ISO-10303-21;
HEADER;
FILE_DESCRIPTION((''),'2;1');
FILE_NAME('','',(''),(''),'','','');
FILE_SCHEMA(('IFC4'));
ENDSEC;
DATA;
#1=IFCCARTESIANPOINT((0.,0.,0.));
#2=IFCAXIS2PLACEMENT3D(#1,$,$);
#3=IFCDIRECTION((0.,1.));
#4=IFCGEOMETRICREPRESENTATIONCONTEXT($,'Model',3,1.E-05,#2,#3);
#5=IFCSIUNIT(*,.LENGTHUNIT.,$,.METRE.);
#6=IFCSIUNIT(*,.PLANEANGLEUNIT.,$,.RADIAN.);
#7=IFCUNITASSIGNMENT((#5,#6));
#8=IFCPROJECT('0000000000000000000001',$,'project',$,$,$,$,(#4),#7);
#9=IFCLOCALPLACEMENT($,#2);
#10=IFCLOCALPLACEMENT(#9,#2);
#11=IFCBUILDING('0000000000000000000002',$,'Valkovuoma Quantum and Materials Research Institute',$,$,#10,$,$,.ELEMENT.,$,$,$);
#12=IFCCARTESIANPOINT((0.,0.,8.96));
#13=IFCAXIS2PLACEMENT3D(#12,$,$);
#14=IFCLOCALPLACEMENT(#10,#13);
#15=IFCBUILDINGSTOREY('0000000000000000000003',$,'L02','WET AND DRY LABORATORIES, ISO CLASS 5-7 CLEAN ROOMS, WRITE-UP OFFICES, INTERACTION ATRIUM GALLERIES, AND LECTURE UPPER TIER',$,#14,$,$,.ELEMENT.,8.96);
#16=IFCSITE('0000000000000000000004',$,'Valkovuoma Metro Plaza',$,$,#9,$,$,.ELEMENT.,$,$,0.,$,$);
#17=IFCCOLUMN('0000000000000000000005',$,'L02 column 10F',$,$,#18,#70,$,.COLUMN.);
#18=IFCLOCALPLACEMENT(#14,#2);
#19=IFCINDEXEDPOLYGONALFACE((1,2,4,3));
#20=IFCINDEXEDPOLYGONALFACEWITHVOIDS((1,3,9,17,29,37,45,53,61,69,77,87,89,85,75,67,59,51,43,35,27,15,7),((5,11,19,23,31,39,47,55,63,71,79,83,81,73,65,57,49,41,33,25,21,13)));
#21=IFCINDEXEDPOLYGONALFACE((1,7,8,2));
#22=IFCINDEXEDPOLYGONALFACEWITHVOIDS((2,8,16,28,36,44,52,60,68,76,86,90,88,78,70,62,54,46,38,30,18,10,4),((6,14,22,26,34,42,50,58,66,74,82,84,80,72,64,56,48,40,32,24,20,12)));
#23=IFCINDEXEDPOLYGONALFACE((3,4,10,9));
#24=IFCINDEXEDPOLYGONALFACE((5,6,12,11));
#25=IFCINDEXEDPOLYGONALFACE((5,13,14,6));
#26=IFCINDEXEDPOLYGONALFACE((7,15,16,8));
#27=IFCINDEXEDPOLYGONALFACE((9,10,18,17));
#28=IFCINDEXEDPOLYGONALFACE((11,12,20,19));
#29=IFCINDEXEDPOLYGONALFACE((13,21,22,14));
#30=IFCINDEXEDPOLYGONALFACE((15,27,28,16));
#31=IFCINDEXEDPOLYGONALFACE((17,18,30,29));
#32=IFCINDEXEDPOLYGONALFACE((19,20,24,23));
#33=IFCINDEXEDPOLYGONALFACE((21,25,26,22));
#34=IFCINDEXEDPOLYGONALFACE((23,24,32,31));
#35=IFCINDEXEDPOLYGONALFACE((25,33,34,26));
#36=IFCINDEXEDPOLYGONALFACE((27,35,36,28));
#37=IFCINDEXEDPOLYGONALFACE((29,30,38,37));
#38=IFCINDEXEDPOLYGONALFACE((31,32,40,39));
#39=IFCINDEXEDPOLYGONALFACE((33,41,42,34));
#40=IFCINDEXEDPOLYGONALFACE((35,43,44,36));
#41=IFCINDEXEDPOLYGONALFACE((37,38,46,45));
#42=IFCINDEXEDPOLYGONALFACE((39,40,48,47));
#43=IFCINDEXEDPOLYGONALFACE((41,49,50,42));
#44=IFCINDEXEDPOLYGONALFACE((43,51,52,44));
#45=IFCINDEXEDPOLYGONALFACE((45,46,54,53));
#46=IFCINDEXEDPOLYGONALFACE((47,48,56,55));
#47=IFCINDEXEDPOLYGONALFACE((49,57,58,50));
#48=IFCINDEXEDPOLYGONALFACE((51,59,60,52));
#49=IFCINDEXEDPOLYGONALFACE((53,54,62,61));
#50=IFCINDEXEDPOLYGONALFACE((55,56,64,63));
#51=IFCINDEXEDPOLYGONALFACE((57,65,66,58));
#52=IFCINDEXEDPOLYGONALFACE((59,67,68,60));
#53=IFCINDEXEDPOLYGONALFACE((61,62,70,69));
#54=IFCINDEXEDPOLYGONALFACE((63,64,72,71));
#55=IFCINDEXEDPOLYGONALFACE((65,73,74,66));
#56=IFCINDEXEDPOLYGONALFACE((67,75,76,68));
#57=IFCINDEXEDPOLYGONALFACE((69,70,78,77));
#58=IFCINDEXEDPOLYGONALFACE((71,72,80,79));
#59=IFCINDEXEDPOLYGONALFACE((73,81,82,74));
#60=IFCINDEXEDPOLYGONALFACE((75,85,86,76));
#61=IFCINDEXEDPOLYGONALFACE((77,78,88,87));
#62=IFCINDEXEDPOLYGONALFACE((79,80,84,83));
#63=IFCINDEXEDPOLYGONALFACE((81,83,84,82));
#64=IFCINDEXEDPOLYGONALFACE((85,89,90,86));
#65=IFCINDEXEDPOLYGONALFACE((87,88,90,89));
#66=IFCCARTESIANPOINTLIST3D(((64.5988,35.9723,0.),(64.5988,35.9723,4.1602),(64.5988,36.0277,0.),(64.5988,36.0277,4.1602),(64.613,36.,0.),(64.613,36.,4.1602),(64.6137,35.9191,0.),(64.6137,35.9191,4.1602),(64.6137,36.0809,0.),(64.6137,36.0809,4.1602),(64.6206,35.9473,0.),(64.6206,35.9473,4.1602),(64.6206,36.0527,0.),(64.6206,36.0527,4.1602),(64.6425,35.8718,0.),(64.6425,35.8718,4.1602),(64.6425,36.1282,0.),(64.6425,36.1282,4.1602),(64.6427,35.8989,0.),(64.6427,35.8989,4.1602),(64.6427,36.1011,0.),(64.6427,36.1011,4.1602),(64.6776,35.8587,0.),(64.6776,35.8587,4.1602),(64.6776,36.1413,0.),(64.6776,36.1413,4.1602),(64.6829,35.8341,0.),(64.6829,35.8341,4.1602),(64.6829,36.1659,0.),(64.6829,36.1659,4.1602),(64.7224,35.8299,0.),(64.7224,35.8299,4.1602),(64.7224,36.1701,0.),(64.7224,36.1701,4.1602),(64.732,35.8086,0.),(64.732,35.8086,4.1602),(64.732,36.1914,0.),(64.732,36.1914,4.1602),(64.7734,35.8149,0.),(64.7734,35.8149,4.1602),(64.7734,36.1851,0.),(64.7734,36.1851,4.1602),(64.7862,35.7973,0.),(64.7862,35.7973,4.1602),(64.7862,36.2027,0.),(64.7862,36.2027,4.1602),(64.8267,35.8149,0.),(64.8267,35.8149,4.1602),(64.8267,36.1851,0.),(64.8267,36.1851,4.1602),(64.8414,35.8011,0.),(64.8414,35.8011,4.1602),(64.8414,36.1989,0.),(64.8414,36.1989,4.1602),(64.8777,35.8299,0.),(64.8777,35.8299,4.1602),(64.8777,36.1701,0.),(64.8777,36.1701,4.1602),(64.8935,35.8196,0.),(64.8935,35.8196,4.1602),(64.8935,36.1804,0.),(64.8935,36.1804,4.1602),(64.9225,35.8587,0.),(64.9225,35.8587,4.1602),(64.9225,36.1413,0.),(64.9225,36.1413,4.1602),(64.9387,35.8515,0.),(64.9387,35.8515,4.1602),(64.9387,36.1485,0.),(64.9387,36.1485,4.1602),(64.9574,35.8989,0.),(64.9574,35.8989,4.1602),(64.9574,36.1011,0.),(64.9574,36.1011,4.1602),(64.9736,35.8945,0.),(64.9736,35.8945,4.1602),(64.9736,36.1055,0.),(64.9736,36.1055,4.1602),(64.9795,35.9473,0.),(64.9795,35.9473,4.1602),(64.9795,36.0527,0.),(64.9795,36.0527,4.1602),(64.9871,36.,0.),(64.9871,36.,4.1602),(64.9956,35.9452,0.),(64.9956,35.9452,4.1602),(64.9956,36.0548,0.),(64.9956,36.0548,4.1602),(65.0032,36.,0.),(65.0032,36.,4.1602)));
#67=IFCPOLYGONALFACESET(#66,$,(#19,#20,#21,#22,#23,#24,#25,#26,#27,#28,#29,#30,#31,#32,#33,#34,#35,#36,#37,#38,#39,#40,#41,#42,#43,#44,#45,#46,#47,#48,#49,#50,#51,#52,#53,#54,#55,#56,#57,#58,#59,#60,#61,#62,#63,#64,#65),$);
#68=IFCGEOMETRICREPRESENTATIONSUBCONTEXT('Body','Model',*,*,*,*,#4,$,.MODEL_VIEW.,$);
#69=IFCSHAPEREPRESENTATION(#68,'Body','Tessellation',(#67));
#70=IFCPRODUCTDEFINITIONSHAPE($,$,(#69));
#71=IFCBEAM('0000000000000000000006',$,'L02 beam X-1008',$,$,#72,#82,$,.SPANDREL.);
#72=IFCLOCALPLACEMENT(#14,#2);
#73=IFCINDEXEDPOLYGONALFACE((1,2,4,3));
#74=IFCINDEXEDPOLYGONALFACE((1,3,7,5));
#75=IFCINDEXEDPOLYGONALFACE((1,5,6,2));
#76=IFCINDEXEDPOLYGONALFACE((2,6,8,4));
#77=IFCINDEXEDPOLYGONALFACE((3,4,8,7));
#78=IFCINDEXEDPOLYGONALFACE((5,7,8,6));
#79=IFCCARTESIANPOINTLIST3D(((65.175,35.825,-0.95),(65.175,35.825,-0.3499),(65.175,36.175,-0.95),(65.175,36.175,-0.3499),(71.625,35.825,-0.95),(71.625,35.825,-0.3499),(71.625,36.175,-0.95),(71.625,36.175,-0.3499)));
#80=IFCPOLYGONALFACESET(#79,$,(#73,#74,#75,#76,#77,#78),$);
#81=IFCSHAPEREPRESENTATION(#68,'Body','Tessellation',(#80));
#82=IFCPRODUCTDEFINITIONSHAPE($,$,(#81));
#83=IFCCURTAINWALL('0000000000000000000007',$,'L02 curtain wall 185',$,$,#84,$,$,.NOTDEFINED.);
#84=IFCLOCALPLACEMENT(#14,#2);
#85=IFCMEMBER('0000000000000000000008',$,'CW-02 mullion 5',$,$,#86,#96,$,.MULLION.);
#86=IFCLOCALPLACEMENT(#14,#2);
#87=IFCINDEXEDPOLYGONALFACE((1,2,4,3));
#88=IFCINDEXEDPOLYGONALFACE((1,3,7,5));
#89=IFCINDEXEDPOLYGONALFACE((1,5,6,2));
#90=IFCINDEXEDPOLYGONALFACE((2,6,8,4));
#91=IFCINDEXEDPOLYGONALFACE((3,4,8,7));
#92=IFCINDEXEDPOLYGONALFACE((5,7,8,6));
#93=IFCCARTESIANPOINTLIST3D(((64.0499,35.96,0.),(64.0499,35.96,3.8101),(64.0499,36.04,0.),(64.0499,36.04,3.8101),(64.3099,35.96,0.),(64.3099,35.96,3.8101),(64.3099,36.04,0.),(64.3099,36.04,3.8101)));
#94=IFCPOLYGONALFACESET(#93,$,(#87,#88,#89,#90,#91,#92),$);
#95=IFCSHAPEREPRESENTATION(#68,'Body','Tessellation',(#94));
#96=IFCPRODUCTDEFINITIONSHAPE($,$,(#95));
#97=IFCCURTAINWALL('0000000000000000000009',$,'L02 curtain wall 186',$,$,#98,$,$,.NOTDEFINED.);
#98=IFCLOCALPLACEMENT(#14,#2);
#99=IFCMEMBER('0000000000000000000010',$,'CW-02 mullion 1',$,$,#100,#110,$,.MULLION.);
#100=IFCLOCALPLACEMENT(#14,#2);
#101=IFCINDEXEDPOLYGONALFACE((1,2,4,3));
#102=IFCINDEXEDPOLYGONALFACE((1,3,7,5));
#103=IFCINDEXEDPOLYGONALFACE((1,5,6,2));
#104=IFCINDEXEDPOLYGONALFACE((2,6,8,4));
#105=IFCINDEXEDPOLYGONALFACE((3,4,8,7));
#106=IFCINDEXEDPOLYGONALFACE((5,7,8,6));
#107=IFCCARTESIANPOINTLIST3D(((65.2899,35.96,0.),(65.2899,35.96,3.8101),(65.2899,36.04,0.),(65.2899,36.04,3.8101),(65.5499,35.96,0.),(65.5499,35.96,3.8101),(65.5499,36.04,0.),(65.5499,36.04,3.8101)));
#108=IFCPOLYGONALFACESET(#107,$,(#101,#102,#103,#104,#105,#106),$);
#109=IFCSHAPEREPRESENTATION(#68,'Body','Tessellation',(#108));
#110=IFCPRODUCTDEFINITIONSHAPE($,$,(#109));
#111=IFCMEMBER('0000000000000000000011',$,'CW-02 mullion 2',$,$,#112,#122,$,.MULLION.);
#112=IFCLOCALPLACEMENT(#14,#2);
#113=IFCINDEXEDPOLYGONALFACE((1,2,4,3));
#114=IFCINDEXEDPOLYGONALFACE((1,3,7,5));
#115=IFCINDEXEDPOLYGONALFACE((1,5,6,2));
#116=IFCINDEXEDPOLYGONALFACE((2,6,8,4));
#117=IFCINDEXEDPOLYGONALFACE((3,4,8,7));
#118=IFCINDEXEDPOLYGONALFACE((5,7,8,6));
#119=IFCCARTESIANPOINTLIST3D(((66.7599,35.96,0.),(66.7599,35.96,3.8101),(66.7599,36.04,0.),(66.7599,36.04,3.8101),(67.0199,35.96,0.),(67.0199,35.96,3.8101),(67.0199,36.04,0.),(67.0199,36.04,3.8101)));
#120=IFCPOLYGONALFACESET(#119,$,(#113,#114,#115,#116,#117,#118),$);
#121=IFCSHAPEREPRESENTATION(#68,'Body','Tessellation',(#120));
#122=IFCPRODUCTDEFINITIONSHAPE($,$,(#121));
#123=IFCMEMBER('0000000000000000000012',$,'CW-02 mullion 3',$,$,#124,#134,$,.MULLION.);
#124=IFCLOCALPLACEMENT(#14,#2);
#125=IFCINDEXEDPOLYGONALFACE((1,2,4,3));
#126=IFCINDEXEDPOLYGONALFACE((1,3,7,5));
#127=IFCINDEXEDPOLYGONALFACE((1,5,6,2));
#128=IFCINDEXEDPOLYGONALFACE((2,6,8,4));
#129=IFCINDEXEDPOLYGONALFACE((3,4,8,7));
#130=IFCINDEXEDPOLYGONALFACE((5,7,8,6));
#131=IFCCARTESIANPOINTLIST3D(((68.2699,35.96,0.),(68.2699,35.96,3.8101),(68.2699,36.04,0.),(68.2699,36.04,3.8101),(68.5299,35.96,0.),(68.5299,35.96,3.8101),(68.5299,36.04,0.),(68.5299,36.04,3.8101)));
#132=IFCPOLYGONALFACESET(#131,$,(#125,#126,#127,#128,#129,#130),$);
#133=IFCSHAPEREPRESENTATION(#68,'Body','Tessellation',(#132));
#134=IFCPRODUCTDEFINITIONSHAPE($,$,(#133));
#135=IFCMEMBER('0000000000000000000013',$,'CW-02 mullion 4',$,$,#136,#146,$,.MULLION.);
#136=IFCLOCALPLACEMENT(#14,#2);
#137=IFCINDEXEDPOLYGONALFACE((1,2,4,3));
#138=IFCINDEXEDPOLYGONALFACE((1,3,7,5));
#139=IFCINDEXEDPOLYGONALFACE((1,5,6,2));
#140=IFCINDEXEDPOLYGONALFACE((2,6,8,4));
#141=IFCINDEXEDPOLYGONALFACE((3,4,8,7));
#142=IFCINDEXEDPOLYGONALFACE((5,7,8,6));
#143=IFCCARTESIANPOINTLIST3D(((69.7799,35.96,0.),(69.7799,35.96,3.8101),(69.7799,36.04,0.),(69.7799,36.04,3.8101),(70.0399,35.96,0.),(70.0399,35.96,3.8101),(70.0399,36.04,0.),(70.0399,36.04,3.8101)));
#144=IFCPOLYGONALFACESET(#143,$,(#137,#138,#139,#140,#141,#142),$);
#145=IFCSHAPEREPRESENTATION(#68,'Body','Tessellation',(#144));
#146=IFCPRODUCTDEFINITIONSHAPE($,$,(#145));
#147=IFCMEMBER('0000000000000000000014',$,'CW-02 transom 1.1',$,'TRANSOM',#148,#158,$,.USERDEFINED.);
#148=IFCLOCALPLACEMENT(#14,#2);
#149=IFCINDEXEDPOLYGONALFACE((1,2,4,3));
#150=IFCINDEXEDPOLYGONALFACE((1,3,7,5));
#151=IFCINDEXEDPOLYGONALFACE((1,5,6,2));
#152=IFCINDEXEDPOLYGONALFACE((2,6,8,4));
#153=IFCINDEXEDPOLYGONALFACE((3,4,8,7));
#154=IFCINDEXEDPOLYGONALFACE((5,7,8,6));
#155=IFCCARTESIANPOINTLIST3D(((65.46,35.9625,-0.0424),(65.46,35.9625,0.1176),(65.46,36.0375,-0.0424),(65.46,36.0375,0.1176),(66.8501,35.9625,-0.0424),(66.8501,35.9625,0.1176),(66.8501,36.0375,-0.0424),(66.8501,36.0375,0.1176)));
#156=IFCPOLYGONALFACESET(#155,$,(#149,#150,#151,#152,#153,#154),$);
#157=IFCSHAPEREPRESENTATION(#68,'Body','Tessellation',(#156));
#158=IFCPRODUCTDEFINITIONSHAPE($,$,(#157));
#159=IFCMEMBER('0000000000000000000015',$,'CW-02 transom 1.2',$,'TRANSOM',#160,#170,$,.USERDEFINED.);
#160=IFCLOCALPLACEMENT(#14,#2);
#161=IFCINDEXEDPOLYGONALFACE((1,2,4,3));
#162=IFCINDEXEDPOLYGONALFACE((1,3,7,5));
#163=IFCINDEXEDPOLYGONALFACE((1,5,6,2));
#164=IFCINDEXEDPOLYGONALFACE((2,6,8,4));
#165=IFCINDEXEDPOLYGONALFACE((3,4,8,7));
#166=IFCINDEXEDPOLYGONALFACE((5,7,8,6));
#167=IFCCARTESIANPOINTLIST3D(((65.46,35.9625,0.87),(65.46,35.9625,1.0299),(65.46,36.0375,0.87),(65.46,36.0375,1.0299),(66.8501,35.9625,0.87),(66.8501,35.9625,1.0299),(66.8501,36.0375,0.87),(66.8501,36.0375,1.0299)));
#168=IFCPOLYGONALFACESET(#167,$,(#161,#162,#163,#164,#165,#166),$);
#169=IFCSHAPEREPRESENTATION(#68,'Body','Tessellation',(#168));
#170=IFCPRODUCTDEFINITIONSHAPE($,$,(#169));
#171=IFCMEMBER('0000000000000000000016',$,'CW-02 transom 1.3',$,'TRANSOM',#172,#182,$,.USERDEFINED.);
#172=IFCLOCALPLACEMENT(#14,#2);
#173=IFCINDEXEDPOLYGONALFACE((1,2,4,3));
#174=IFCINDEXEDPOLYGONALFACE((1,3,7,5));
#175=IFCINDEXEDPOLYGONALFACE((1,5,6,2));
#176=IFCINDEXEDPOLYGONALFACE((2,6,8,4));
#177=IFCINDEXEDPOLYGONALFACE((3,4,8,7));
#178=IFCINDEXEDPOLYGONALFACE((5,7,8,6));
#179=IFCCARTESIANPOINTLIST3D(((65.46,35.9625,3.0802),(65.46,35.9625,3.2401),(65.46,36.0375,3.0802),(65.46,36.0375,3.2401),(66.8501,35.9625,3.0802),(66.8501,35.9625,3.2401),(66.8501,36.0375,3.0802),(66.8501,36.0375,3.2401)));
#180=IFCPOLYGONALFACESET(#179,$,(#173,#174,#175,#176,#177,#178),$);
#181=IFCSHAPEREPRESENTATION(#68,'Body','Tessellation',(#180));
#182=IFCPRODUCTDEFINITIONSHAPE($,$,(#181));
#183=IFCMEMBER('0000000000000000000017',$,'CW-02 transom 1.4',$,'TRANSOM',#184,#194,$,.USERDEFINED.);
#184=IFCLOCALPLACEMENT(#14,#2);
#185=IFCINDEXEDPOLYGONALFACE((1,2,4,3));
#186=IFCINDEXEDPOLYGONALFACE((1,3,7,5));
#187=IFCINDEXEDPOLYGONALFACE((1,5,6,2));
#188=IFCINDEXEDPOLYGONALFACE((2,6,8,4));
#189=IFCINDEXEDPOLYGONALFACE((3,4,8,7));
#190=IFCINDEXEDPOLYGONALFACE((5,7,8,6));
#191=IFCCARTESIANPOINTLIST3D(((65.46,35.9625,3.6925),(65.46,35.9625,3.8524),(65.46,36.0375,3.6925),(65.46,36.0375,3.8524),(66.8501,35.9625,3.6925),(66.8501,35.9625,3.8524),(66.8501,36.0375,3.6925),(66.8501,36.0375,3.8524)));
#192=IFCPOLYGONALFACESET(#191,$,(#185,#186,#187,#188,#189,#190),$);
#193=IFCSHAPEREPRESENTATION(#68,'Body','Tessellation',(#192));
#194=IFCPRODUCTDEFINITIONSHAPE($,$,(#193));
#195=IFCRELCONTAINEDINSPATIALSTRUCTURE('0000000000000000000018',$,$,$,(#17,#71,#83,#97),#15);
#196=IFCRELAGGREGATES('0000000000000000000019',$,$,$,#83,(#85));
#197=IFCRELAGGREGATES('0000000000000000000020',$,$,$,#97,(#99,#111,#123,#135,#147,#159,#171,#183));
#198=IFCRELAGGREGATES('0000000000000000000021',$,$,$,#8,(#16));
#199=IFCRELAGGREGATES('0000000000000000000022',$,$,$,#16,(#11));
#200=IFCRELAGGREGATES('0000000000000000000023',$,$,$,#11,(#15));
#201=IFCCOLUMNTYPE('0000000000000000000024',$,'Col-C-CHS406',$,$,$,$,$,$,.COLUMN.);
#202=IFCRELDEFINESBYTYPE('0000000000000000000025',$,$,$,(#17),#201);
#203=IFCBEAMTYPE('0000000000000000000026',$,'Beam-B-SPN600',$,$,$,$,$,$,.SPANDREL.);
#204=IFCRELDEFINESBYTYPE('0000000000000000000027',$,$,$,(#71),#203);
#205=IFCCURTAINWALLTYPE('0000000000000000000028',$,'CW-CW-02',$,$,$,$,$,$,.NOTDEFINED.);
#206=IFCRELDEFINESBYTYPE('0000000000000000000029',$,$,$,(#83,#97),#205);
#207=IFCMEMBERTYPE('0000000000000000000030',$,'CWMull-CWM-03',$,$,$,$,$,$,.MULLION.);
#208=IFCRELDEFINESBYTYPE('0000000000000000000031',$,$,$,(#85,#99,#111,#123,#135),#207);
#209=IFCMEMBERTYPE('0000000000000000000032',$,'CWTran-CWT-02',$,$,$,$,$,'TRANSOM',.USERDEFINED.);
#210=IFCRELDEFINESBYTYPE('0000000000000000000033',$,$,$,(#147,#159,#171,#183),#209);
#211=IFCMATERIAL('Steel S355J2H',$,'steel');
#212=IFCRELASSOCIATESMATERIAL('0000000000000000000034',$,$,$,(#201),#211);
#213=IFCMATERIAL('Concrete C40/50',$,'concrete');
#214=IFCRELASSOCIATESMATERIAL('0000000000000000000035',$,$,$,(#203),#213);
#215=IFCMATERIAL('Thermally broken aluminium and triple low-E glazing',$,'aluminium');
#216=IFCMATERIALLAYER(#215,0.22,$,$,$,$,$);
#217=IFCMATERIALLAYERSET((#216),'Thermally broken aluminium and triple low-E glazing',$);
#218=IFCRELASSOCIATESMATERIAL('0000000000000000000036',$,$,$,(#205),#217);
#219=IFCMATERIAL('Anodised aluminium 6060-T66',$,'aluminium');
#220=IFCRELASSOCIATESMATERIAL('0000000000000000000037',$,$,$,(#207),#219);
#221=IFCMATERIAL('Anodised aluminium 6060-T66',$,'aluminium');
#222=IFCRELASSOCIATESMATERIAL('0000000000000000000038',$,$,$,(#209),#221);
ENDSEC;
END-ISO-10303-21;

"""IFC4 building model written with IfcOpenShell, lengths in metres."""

from ifc_helpers import new_model, si_unit, direction, frame, origin, origin_2d, place, context, subcontext, project, spatial, rectangle, hollow_circle, extrude, material, layer, layer_set, material_profile, profile_set, type_object, element, aggregate, save


model = new_model("IFC4")

# Units and contexts
model_context = context("Model", 3, precision=1e-05, world=origin(), true_north=direction((0.0, 1.0)))
body_context = subcontext(model_context, "Body", "Model", "MODEL_VIEW")
ifc_project = project(units=[si_unit("LENGTHUNIT", "METRE"), si_unit("PLANEANGLEUNIT", "RADIAN")], contexts=[model_context])

# Site, building, storey
site_placement = place(None, origin())
site = spatial("IfcSite", under=ifc_project, at=site_placement, Name="Valkovuoma Metro Plaza", CompositionType="ELEMENT", RefElevation=0.0)
building_placement = place(site_placement, origin())
building = spatial("IfcBuilding", under=site, at=building_placement, Name="Valkovuoma Quantum and Materials Research Institute", CompositionType="ELEMENT")
storey_placement = place(building_placement, frame((0.0, 0.0, 8.96)))
storey = spatial("IfcBuildingStorey", under=building, at=storey_placement, Name="L02", Description="WET AND DRY LABORATORIES, ISO CLASS 5-7 CLEAN ROOMS, WRITE-UP OFFICES, INTERACTION ATRIUM GALLERIES, AND LECTURE UPPER TIER", CompositionType="ELEMENT", Elevation=8.96)

# Column
ifc_material_1 = material(Name="Steel S355J2H", Category="steel")
ifc_material_profile_1 = material_profile(ifc_material_1, hollow_circle(Radius=0.2031, WallThickness=0.0161, at=origin_2d()), Name="Steel S355J2H")
ifc_profile_set_1 = profile_set([ifc_material_profile_1], Name="Steel S355J2H")
column_type = type_object("IfcColumnType", Name="Col-C-CHS406", PredefinedType="COLUMN", material=ifc_profile_set_1)
column_placement = place(storey_placement, frame((64.8, 36.0, 0.0), z_axis=(0.0, 0.0, 1.0), x_axis=(1.0, 0.0, 0.0)))
element("IfcColumn", 1, at=column_placement, inside=storey, type_object=column_type, Name="L02 column 10F", PredefinedType="COLUMN", context=body_context, shape_type="SweptSolid", body=[
    extrude(hollow_circle(Radius=0.2031, WallThickness=0.0161, at=origin_2d()), origin(), (0.0, 0.0, 1.0), 4.1602),
])

# Beam
ifc_material_2 = material(Name="Concrete C40/50", Category="concrete")
ifc_material_profile_2 = material_profile(ifc_material_2, rectangle(XDim=0.3501, YDim=0.6001, at=origin_2d()), Name="Concrete C40/50")
ifc_profile_set_2 = profile_set([ifc_material_profile_2], Name="Concrete C40/50")
beam_type = type_object("IfcBeamType", Name="Beam-B-SPN600", PredefinedType="SPANDREL", material=ifc_profile_set_2)
beam_placement = place(storey_placement, frame((65.175, 36.0, -0.6499), z_axis=(1.0, 0.0, 0.0), x_axis=(0.0, 1.0, 0.0)))
element("IfcBeam", 2, at=beam_placement, inside=storey, type_object=beam_type, Name="L02 beam X-1008", PredefinedType="SPANDREL", context=body_context, shape_type="SweptSolid", body=[
    extrude(rectangle(XDim=0.3501, YDim=0.6001, at=origin_2d()), origin(), (0.0, 0.0, 1.0), 6.45),
])

# Curtain wall, member
ifc_material_3 = material(Name="Thermally broken aluminium and triple low-E glazing", Category="aluminium")
ifc_layer_1 = layer(ifc_material_3, 0.22)
ifc_layer_set_1 = layer_set([ifc_layer_1], Name="Thermally broken aluminium and triple low-E glazing")
curtain_wall_type = type_object("IfcCurtainWallType", Name="CW-CW-02", PredefinedType="NOTDEFINED", material=ifc_layer_set_1)
curtain_wall_1_placement = place(storey_placement, origin())
curtain_wall_1 = element("IfcCurtainWall", 3, at=curtain_wall_1_placement, inside=storey, type_object=curtain_wall_type, Name="L02 curtain wall 185", PredefinedType="NOTDEFINED")
ifc_material_4 = material(Name="Anodised aluminium 6060-T66", Category="aluminium")
ifc_material_profile_3 = material_profile(ifc_material_4, rectangle(XDim=0.0801, YDim=0.26, at=origin_2d()), Name="Anodised aluminium 6060-T66")
ifc_profile_set_3 = profile_set([ifc_material_profile_3], Name="Anodised aluminium 6060-T66")
member_type_1 = type_object("IfcMemberType", Name="CWMull-CWM-03", PredefinedType="MULLION", material=ifc_profile_set_3)
member_1_placement = place(storey_placement, frame((64.1799, 36.0, 0.0), z_axis=(0.0, 0.0, 1.0), x_axis=(0.0, 1.0, 0.0)))
member_1 = element("IfcMember", 4, at=member_1_placement, type_object=member_type_1, Name="CW-02 mullion 5", PredefinedType="MULLION", context=body_context, shape_type="SweptSolid", body=[
    extrude(rectangle(XDim=0.0801, YDim=0.26, at=origin_2d()), origin(), (0.0, 0.0, 1.0), 3.8101),
])

# Curtain wall, members
curtain_wall_2_placement = place(storey_placement, origin())
curtain_wall_2 = element("IfcCurtainWall", 5, at=curtain_wall_2_placement, inside=storey, type_object=curtain_wall_type, Name="L02 curtain wall 186", PredefinedType="NOTDEFINED")
member_2_placement = place(storey_placement, frame((65.4199, 36.0, 0.0), z_axis=(0.0, 0.0, 1.0), x_axis=(0.0, 1.0, 0.0)))
member_2 = element("IfcMember", 6, at=member_2_placement, type_object=member_type_1, Name="CW-02 mullion 1", PredefinedType="MULLION", context=body_context, shape_type="SweptSolid", body=[
    extrude(rectangle(XDim=0.0801, YDim=0.26, at=origin_2d()), origin(), (0.0, 0.0, 1.0), 3.8101),
])
member_3_placement = place(storey_placement, frame((66.8899, 36.0, 0.0), z_axis=(0.0, 0.0, 1.0), x_axis=(0.0, 1.0, 0.0)))
member_3 = element("IfcMember", 7, at=member_3_placement, type_object=member_type_1, Name="CW-02 mullion 2", PredefinedType="MULLION", context=body_context, shape_type="SweptSolid", body=[
    extrude(rectangle(XDim=0.0801, YDim=0.26, at=origin_2d()), origin(), (0.0, 0.0, 1.0), 3.8101),
])
member_4_placement = place(storey_placement, frame((68.3999, 36.0, 0.0), z_axis=(0.0, 0.0, 1.0), x_axis=(0.0, 1.0, 0.0)))
member_4 = element("IfcMember", 8, at=member_4_placement, type_object=member_type_1, Name="CW-02 mullion 3", PredefinedType="MULLION", context=body_context, shape_type="SweptSolid", body=[
    extrude(rectangle(XDim=0.0801, YDim=0.26, at=origin_2d()), origin(), (0.0, 0.0, 1.0), 3.8101),
])
member_5_placement = place(storey_placement, frame((69.9099, 36.0, 0.0), z_axis=(0.0, 0.0, 1.0), x_axis=(0.0, 1.0, 0.0)))
member_5 = element("IfcMember", 9, at=member_5_placement, type_object=member_type_1, Name="CW-02 mullion 4", PredefinedType="MULLION", context=body_context, shape_type="SweptSolid", body=[
    extrude(rectangle(XDim=0.0801, YDim=0.26, at=origin_2d()), origin(), (0.0, 0.0, 1.0), 3.8101),
])
ifc_material_5 = material(Name="Anodised aluminium 6060-T66", Category="aluminium")
ifc_material_profile_4 = material_profile(ifc_material_5, rectangle(XDim=0.075, YDim=0.1599, at=origin_2d()), Name="Anodised aluminium 6060-T66")
ifc_profile_set_4 = profile_set([ifc_material_profile_4], Name="Anodised aluminium 6060-T66")
member_type_2 = type_object("IfcMemberType", Name="CWTran-CWT-02", ElementType="TRANSOM", PredefinedType="USERDEFINED", material=ifc_profile_set_4)
member_6_placement = place(storey_placement, frame((65.46, 36.0, 0.0376), z_axis=(1.0, 0.0, 0.0), x_axis=(0.0, 1.0, 0.0)))
member_6 = element("IfcMember", 10, at=member_6_placement, type_object=member_type_2, Name="CW-02 transom 1.1", ObjectType="TRANSOM", PredefinedType="USERDEFINED", context=body_context, shape_type="SweptSolid", body=[
    extrude(rectangle(XDim=0.075, YDim=0.1599, at=origin_2d()), origin(), (0.0, 0.0, 1.0), 1.3901),
])
member_7_placement = place(storey_placement, frame((65.46, 36.0, 0.95), z_axis=(1.0, 0.0, 0.0), x_axis=(0.0, 1.0, 0.0)))
member_7 = element("IfcMember", 11, at=member_7_placement, type_object=member_type_2, Name="CW-02 transom 1.2", ObjectType="TRANSOM", PredefinedType="USERDEFINED", context=body_context, shape_type="SweptSolid", body=[
    extrude(rectangle(XDim=0.075, YDim=0.1599, at=origin_2d()), origin(), (0.0, 0.0, 1.0), 1.3901),
])
member_8_placement = place(storey_placement, frame((65.46, 36.0, 3.1602), z_axis=(1.0, 0.0, 0.0), x_axis=(0.0, 1.0, 0.0)))
member_8 = element("IfcMember", 12, at=member_8_placement, type_object=member_type_2, Name="CW-02 transom 1.3", ObjectType="TRANSOM", PredefinedType="USERDEFINED", context=body_context, shape_type="SweptSolid", body=[
    extrude(rectangle(XDim=0.075, YDim=0.1599, at=origin_2d()), origin(), (0.0, 0.0, 1.0), 1.3901),
])
member_9_placement = place(storey_placement, frame((65.46, 36.0, 3.7725), z_axis=(1.0, 0.0, 0.0), x_axis=(0.0, 1.0, 0.0)))
member_9 = element("IfcMember", 13, at=member_9_placement, type_object=member_type_2, Name="CW-02 transom 1.4", ObjectType="TRANSOM", PredefinedType="USERDEFINED", context=body_context, shape_type="SweptSolid", body=[
    extrude(rectangle(XDim=0.075, YDim=0.1599, at=origin_2d()), origin(), (0.0, 0.0, 1.0), 1.3901),
])

aggregate(curtain_wall_1, [member_1])
aggregate(curtain_wall_2, [member_2, member_3, member_4, member_5, member_6, member_7, member_8, member_9])

save(model, "model.ifc")
